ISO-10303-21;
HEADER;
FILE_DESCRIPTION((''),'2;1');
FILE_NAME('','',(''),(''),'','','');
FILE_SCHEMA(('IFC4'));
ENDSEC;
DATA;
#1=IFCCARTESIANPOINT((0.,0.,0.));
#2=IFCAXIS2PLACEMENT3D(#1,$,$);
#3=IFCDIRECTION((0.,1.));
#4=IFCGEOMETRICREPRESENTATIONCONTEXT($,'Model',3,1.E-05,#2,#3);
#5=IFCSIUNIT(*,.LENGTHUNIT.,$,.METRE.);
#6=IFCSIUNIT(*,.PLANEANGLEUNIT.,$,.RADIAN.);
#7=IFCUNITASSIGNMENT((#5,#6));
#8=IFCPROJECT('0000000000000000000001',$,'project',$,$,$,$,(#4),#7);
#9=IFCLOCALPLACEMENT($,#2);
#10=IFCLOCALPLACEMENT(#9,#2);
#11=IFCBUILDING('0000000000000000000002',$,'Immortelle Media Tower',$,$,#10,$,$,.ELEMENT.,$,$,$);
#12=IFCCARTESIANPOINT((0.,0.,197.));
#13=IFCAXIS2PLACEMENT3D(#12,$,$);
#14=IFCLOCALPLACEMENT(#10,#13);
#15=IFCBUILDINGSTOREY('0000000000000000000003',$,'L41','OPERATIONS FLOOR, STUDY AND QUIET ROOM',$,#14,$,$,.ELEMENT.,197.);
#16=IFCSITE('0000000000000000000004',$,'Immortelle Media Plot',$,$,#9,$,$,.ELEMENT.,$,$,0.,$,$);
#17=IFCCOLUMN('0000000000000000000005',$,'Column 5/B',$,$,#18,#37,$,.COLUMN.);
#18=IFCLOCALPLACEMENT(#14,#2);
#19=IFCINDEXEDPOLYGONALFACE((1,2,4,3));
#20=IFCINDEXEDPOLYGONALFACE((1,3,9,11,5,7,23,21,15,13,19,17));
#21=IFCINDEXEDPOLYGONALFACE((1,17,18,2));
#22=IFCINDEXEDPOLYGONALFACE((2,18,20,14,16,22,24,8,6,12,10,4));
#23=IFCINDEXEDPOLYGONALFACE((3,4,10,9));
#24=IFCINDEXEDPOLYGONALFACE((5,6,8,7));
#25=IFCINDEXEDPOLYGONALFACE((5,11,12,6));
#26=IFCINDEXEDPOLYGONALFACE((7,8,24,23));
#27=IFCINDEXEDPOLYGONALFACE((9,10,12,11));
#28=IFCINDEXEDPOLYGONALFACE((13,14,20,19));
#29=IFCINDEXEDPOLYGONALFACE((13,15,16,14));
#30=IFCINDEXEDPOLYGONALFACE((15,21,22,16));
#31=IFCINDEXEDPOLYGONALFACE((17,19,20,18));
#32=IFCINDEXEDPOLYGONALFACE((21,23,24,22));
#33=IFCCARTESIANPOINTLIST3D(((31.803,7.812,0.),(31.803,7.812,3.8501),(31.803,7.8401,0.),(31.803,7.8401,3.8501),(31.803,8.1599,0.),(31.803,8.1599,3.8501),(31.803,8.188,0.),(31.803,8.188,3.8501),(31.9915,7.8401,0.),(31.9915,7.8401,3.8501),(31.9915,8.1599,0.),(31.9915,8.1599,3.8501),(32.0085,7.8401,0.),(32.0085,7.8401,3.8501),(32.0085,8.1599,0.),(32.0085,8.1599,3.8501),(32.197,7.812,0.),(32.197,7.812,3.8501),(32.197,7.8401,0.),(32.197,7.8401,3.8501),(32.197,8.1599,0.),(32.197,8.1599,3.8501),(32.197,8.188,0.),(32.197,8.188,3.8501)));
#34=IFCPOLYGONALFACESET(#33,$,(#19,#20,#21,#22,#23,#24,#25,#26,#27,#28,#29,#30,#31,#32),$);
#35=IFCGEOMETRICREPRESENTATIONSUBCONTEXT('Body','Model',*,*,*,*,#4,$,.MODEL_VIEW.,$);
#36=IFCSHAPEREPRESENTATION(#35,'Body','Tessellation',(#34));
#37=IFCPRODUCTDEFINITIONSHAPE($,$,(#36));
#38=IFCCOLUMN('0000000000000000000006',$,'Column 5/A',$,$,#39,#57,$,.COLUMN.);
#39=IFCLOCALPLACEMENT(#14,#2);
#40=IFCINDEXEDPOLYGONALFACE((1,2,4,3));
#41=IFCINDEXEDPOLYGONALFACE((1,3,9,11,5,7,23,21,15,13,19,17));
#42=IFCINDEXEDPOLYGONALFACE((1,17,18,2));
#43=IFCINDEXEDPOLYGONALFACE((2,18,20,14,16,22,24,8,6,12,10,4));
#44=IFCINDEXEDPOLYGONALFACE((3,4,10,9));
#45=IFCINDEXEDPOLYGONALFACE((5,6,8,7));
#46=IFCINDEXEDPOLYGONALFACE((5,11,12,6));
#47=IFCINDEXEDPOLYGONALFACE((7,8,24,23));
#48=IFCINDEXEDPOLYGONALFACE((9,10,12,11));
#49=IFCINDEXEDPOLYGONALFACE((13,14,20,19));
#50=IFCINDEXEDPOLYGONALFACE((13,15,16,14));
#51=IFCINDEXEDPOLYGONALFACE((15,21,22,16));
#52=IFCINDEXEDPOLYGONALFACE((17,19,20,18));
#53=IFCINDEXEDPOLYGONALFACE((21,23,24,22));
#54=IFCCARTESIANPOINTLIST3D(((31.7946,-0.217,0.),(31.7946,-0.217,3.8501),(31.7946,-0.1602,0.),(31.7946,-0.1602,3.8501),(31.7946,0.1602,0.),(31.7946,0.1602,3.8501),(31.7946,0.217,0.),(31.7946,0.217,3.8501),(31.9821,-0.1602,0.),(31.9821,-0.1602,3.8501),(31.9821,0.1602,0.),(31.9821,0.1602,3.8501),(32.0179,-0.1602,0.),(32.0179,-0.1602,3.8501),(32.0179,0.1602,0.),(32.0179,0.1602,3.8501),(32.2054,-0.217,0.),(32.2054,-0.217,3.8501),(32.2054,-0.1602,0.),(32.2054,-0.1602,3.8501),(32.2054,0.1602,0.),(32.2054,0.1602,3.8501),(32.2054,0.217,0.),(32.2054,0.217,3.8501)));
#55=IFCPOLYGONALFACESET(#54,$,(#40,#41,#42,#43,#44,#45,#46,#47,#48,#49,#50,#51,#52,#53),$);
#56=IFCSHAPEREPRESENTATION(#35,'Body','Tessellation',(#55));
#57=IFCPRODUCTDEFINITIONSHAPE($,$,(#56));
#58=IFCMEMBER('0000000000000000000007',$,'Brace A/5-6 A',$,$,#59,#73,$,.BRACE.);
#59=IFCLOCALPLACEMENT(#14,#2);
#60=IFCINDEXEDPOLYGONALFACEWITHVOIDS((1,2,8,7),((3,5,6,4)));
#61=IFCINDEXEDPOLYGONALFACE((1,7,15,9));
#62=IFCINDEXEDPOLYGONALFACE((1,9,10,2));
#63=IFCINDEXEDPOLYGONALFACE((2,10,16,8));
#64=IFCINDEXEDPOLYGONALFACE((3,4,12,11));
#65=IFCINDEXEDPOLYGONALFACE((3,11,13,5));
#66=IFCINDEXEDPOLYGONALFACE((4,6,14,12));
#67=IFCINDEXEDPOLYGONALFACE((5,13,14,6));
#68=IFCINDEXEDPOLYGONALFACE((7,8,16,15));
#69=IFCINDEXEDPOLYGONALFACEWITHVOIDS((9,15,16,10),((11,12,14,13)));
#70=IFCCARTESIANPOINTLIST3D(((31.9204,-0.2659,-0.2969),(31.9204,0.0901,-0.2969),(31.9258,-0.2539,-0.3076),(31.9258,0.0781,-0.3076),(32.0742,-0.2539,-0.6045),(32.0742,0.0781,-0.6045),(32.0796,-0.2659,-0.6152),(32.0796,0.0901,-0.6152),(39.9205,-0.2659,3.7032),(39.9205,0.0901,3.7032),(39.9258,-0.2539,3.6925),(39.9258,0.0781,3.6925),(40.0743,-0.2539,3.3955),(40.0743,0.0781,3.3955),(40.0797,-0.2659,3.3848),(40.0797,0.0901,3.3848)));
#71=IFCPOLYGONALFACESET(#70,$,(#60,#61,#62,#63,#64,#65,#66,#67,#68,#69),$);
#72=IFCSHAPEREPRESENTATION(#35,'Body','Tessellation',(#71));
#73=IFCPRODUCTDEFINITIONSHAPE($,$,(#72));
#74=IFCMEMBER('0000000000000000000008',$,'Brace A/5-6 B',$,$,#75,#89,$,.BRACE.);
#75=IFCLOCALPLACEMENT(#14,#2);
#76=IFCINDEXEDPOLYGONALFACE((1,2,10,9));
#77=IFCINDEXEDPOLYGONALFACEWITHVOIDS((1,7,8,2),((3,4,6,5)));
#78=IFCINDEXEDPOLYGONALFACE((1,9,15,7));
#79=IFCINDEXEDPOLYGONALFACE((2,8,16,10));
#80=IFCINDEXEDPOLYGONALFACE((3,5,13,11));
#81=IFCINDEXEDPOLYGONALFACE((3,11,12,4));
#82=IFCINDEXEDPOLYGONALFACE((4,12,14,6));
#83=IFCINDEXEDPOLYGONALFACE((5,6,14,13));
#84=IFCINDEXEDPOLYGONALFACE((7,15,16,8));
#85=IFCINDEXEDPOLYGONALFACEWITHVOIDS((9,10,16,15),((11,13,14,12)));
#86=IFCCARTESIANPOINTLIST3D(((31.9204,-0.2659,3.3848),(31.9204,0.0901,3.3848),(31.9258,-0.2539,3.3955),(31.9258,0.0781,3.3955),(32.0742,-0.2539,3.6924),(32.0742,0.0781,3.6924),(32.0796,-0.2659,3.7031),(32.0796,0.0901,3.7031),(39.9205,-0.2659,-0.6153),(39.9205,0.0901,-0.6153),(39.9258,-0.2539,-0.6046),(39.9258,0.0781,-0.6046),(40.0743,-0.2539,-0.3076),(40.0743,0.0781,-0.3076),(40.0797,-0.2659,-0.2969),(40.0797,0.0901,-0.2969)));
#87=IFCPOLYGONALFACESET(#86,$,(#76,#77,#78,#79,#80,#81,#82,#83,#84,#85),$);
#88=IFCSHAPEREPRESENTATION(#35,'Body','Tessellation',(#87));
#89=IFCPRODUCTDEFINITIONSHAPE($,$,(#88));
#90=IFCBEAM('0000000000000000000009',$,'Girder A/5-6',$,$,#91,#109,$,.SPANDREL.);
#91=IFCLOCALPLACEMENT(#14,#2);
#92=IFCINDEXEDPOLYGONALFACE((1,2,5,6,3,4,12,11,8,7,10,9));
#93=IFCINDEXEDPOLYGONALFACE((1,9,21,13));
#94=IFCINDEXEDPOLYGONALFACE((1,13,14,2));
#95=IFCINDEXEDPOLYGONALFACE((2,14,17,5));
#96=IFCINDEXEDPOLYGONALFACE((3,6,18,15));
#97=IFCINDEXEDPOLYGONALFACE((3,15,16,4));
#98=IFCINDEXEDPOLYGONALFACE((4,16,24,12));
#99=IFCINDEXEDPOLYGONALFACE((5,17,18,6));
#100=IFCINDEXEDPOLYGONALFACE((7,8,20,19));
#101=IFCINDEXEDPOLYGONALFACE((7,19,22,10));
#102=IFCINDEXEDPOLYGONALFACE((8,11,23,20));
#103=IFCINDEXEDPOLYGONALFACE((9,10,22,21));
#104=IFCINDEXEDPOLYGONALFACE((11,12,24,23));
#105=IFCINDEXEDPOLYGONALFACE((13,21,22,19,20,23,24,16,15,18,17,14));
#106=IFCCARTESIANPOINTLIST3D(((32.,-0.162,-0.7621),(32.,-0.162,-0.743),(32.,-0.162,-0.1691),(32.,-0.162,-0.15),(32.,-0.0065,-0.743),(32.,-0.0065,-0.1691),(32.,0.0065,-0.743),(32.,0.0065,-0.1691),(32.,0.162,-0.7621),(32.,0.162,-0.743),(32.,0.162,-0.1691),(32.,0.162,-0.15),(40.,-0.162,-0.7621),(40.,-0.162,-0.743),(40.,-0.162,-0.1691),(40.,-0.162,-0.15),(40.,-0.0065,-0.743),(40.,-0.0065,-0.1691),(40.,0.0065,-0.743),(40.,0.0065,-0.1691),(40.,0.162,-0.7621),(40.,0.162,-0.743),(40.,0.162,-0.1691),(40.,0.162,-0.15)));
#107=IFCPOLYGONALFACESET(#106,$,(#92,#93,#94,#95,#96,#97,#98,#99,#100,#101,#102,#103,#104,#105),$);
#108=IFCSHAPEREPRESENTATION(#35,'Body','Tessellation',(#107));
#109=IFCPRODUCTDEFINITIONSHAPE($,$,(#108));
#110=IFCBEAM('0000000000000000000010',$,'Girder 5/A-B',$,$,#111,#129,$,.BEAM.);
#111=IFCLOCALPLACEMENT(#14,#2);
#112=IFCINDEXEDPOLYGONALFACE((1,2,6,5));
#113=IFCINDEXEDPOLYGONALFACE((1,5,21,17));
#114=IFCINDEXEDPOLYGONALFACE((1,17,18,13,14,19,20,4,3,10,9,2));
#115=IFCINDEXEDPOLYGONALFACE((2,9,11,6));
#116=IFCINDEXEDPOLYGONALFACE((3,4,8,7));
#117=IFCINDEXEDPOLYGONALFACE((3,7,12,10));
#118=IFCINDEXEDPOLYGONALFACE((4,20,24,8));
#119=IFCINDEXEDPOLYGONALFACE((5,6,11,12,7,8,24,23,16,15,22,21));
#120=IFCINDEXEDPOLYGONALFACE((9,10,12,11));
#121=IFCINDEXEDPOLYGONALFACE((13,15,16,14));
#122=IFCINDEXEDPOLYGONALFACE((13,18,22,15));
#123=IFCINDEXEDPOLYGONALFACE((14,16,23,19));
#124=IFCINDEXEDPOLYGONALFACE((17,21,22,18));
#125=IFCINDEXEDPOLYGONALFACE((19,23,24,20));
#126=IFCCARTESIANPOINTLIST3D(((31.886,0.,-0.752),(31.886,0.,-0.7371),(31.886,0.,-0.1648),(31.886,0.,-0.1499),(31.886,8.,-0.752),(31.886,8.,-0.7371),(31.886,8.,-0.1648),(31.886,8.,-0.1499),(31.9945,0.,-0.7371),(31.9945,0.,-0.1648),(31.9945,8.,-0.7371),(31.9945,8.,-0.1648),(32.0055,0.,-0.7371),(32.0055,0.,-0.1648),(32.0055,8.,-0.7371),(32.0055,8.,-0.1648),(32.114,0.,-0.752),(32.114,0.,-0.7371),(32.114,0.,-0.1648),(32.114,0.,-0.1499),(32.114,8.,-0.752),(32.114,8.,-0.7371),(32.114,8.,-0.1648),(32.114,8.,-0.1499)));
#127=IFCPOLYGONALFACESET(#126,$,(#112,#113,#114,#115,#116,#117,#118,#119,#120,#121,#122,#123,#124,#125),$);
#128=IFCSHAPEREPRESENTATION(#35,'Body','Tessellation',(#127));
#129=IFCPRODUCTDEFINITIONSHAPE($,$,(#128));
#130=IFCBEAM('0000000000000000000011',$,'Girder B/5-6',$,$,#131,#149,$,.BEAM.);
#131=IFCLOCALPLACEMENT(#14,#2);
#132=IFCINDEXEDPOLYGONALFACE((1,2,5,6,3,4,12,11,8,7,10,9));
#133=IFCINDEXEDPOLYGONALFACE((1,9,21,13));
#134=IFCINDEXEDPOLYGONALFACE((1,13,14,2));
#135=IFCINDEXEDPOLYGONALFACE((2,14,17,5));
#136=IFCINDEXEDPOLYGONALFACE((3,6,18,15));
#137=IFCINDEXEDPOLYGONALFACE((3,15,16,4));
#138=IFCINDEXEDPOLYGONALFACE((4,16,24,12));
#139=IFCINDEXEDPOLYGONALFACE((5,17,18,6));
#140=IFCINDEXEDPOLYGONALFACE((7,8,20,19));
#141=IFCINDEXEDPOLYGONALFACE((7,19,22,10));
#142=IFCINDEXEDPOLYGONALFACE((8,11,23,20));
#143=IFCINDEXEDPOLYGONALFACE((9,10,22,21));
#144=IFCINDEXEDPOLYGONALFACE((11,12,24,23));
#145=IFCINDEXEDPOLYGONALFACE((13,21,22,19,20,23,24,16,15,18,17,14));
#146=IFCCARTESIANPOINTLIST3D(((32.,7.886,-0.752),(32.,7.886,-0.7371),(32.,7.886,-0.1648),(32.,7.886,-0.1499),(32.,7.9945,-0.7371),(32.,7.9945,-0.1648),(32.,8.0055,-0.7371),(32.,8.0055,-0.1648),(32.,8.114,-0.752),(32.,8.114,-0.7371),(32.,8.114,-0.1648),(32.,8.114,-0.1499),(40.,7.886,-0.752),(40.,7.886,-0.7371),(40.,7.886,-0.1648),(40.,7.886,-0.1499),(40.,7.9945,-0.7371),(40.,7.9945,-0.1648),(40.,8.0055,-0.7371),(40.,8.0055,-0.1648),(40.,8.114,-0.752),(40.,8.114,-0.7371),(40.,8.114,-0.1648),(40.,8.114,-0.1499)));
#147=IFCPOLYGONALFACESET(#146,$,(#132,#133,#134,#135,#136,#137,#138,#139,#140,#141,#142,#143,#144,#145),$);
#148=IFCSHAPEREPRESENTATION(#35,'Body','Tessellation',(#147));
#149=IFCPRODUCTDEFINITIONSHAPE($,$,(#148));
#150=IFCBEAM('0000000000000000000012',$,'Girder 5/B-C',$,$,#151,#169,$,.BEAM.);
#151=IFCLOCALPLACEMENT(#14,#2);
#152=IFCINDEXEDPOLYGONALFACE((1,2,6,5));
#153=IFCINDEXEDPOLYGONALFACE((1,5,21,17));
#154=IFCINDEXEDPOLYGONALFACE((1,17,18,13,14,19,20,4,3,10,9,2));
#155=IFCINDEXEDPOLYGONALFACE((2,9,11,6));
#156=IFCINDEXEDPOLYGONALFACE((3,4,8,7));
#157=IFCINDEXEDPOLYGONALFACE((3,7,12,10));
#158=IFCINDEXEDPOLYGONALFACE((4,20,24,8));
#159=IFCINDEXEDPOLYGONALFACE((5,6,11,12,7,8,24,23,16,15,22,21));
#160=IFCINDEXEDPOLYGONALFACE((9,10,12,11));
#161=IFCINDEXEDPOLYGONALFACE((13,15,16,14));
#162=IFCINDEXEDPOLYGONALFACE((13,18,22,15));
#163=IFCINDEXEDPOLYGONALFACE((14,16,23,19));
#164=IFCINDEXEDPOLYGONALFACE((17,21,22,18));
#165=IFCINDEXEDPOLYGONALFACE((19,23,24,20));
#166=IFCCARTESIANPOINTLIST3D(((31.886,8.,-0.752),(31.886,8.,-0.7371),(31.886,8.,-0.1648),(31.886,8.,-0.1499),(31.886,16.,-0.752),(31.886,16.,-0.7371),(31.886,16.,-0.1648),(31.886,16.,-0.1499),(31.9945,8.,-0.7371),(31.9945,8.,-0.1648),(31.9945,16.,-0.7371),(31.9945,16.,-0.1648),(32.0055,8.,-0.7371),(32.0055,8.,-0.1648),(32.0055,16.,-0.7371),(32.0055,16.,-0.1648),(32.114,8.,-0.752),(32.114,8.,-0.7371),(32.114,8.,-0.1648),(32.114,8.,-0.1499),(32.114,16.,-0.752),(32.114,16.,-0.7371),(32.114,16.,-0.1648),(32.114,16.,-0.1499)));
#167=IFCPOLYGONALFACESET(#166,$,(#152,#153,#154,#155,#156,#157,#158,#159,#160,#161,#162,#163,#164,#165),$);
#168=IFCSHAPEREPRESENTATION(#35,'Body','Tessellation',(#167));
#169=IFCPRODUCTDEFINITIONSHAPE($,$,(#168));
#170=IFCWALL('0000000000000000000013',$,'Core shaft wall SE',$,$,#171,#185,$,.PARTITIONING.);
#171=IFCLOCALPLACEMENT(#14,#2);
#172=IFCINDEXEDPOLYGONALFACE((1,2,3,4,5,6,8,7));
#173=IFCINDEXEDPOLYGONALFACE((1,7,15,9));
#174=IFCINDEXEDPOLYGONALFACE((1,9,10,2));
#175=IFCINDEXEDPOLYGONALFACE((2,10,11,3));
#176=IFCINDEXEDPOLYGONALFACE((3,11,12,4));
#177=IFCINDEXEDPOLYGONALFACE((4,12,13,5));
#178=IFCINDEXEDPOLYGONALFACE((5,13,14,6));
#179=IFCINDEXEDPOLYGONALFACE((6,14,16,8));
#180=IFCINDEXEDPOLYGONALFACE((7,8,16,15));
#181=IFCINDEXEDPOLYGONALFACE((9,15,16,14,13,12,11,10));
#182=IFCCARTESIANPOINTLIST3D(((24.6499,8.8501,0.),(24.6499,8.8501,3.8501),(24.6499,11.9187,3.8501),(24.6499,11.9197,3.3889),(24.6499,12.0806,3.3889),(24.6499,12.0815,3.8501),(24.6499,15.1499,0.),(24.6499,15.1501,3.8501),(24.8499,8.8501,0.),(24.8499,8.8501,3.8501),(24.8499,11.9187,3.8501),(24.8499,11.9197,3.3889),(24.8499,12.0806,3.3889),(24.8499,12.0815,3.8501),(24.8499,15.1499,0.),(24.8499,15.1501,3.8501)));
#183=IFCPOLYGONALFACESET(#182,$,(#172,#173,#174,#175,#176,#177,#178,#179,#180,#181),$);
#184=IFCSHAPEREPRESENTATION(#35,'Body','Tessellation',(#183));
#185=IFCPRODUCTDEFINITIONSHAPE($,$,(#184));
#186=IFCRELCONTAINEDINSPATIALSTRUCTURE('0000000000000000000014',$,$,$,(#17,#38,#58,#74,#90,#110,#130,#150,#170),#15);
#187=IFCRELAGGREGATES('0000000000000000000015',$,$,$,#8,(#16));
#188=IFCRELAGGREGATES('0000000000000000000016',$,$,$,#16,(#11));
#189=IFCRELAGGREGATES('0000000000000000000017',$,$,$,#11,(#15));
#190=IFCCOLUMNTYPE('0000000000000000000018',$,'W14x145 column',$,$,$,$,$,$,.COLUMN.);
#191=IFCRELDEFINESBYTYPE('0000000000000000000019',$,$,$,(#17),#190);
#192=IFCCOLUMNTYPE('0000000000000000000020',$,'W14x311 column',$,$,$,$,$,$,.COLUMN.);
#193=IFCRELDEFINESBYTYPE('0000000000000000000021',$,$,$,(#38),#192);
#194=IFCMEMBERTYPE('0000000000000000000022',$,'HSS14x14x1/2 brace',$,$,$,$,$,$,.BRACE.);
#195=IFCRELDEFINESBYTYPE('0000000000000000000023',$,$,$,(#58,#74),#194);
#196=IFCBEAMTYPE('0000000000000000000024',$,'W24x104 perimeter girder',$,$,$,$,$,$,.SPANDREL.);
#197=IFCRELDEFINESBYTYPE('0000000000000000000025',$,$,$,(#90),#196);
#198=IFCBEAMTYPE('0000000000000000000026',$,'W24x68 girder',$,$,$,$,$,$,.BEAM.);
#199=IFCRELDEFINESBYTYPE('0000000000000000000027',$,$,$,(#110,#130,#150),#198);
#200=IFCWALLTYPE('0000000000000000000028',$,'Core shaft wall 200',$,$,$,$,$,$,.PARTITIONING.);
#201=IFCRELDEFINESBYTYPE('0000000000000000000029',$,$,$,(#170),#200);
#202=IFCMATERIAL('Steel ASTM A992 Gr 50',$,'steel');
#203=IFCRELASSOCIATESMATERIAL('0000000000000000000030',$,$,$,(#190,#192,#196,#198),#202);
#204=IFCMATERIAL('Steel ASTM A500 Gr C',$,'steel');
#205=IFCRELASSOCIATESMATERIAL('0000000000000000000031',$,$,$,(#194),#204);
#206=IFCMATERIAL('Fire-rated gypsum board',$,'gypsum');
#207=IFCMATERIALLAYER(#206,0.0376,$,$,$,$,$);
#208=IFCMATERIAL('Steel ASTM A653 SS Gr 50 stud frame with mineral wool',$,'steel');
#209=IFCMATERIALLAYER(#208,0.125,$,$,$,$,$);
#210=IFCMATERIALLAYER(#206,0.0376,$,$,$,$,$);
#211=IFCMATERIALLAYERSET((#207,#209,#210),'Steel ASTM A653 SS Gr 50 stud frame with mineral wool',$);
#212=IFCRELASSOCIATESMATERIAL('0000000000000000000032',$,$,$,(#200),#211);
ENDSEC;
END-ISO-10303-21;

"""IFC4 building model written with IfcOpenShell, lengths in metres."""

from ifc_helpers import new_model, si_unit, direction, frame, origin, origin_2d, place, context, subcontext, project, spatial, polyline, hollow_rectangle, i_section, outline, extrude, material, layer, layer_set, material_profile, profile_set, type_object, element, save


model = new_model("IFC4")

# Units and contexts
model_context = context("Model", 3, precision=1e-05, world=origin(), true_north=direction((0.0, 1.0)))
body_context = subcontext(model_context, "Body", "Model", "MODEL_VIEW")
ifc_project = project(units=[si_unit("LENGTHUNIT", "METRE"), si_unit("PLANEANGLEUNIT", "RADIAN")], contexts=[model_context])

# Site, building, storey
site_placement = place(None, origin())
site = spatial("IfcSite", under=ifc_project, at=site_placement, Name="Immortelle Media Plot", CompositionType="ELEMENT", RefElevation=0.0)
building_placement = place(site_placement, origin())
building = spatial("IfcBuilding", under=site, at=building_placement, Name="Immortelle Media Tower", CompositionType="ELEMENT")
storey_placement = place(building_placement, frame((0.0, 0.0, 197.0)))
storey = spatial("IfcBuildingStorey", under=building, at=storey_placement, Name="L41", Description="OPERATIONS FLOOR, STUDY AND QUIET ROOM", CompositionType="ELEMENT", Elevation=197.0)

# Columns
ifc_material_1 = material(Name="Steel ASTM A992 Gr 50", Category="steel")
ifc_material_profile_1 = material_profile(ifc_material_1, i_section(OverallWidth=0.394, OverallDepth=0.376, WebThickness=0.0171, FlangeThickness=0.0281, at=origin_2d()), Name="W14x145")
ifc_profile_set_1 = profile_set([ifc_material_profile_1], Name="Steel ASTM A992 Gr 50")
column_type_1 = type_object("IfcColumnType", Name="W14x145 column", PredefinedType="COLUMN", material=ifc_profile_set_1)
column_1_placement = place(storey_placement, frame((32.0, 8.0, 0.0), z_axis=(0.0, 0.0, 1.0), x_axis=(1.0, 0.0, 0.0)))
element("IfcColumn", 1, at=column_1_placement, inside=storey, type_object=column_type_1, Name="Column 5/B", PredefinedType="COLUMN", context=body_context, shape_type="SweptSolid", body=[
    extrude(i_section(OverallWidth=0.394, OverallDepth=0.376, WebThickness=0.0171, FlangeThickness=0.0281, at=origin_2d()), origin(), (0.0, 0.0, 1.0), 3.8501),
])
ifc_material_profile_2 = material_profile(ifc_material_1, i_section(OverallWidth=0.4109, OverallDepth=0.4341, WebThickness=0.0359, FlangeThickness=0.0569, at=origin_2d()), Name="W14x311")
ifc_profile_set_2 = profile_set([ifc_material_profile_2], Name="Steel ASTM A992 Gr 50")
column_type_2 = type_object("IfcColumnType", Name="W14x311 column", PredefinedType="COLUMN", material=ifc_profile_set_2)
column_2_placement = place(storey_placement, frame((32.0, 0.0, 0.0), z_axis=(0.0, 0.0, 1.0), x_axis=(1.0, 0.0, 0.0)))
element("IfcColumn", 2, at=column_2_placement, inside=storey, type_object=column_type_2, Name="Column 5/A", PredefinedType="COLUMN", context=body_context, shape_type="SweptSolid", body=[
    extrude(i_section(OverallWidth=0.4109, OverallDepth=0.4341, WebThickness=0.0359, FlangeThickness=0.0569, at=origin_2d()), origin(), (0.0, 0.0, 1.0), 3.8501),
])

# Members
ifc_material_2 = material(Name="Steel ASTM A500 Gr C", Category="steel")
ifc_material_profile_3 = material_profile(ifc_material_2, hollow_rectangle(XDim=0.356, YDim=0.356, WallThickness=0.012, at=origin_2d()), Name="HSS14x14x1/2 brace")
ifc_profile_set_3 = profile_set([ifc_material_profile_3], Name="Steel ASTM A500 Gr C")
member_type = type_object("IfcMemberType", Name="HSS14x14x1/2 brace", PredefinedType="BRACE", material=ifc_profile_set_3)
for number, where, z_axis, x_axis, name in (
    (3, (32.0, -0.0879, -0.4561), (0.894427, 0.0, 0.447214), (0.0, 1.0, 0.0), "Brace A/5-6 A"),
    (4, (32.0, -0.0879, 3.5439), (0.894427, 0.0, -0.447214), (0.0, 1.0, 0.0), "Brace A/5-6 B"),
):
    element("IfcMember", number, at=place(storey_placement, frame(where, z_axis=z_axis, x_axis=x_axis)), inside=storey, type_object=member_type, Name=name, PredefinedType="BRACE", context=body_context, shape_type="SweptSolid", body=[
        extrude(hollow_rectangle(XDim=0.356, YDim=0.356, WallThickness=0.012, at=origin_2d()), origin(), (0.0, 0.0, 1.0), 8.9443),
    ])

# Beams
ifc_material_profile_4 = material_profile(ifc_material_1, i_section(OverallWidth=0.324, OverallDepth=0.6121, WebThickness=0.0129, FlangeThickness=0.019, at=origin_2d()), Name="W24x104")
ifc_profile_set_4 = profile_set([ifc_material_profile_4], Name="Steel ASTM A992 Gr 50")
beam_type_1 = type_object("IfcBeamType", Name="W24x104 perimeter girder", PredefinedType="SPANDREL", material=ifc_profile_set_4)
beam_placement = place(storey_placement, frame((32.0, 0.0, -0.4561), z_axis=(1.0, 0.0, 0.0), x_axis=(0.0, 1.0, 0.0)))
element("IfcBeam", 5, at=beam_placement, inside=storey, type_object=beam_type_1, Name="Girder A/5-6", PredefinedType="SPANDREL", context=body_context, shape_type="SweptSolid", body=[
    extrude(i_section(OverallWidth=0.324, OverallDepth=0.6121, WebThickness=0.0129, FlangeThickness=0.019, at=origin_2d()), origin(), (0.0, 0.0, 1.0), 8.0),
])
ifc_material_profile_5 = material_profile(ifc_material_1, i_section(OverallWidth=0.228, OverallDepth=0.6021, WebThickness=0.011, FlangeThickness=0.0149, at=origin_2d()), Name="W24x68")
ifc_profile_set_5 = profile_set([ifc_material_profile_5], Name="Steel ASTM A992 Gr 50")
beam_type_2 = type_object("IfcBeamType", Name="W24x68 girder", PredefinedType="BEAM", material=ifc_profile_set_5)
for number, where, z_axis, x_axis, name in (
    (6, (32.0, 0.0, -0.4509), (0.0, 1.0, 0.0), (-1.0, 0.0, 0.0), "Girder 5/A-B"),
    (7, (32.0, 8.0, -0.4509), (1.0, 0.0, 0.0), (0.0, 1.0, 0.0), "Girder B/5-6"),
    (8, (32.0, 8.0, -0.4509), (0.0, 1.0, 0.0), (-1.0, 0.0, 0.0), "Girder 5/B-C"),
):
    element("IfcBeam", number, at=place(storey_placement, frame(where, z_axis=z_axis, x_axis=x_axis)), inside=storey, type_object=beam_type_2, Name=name, PredefinedType="BEAM", context=body_context, shape_type="SweptSolid", body=[
        extrude(i_section(OverallWidth=0.228, OverallDepth=0.6021, WebThickness=0.011, FlangeThickness=0.0149, at=origin_2d()), origin(), (0.0, 0.0, 1.0), 8.0),
    ])

# Wall
ifc_material_3 = material(Name="Fire-rated gypsum board", Category="gypsum")
ifc_layer_1 = layer(ifc_material_3, 0.0376)
ifc_material_4 = material(Name="Steel ASTM A653 SS Gr 50 stud frame with mineral wool", Category="steel")
ifc_layer_2 = layer(ifc_material_4, 0.125)
ifc_layer_3 = layer(ifc_material_3, 0.0376)
ifc_layer_set_1 = layer_set([ifc_layer_1, ifc_layer_2, ifc_layer_3], Name="Steel ASTM A653 SS Gr 50 stud frame with mineral wool")
wall_type_1 = type_object("IfcWallType", Name="Core shaft wall 200", PredefinedType="PARTITIONING", material=ifc_layer_set_1)
wall_1_placement = place(storey_placement, frame((24.75, 8.8501, 0.0), z_axis=(0.0, 0.0, 1.0), x_axis=(0.0, 1.0, 0.0)))
element("IfcWall", 9, at=wall_1_placement, inside=storey, type_object=wall_type_1, Name="Core shaft wall SE", PredefinedType="PARTITIONING", context=body_context, shape_type="SweptSolid", body=[
    extrude(outline(polyline([(0.0, 0.0), (6.2998, 0.0), (6.3, 3.8501), (3.2314, 3.8501), (3.2305, 3.3889), (3.0696, 3.3889), (3.0686, 3.8501), (0.0, 3.8501), (0.0, 0.0)])), frame((0.0, 0.1001, 0.0), z_axis=(0.0, -1.0, 0.0), x_axis=(1.0, 0.0, 0.0)), (0.0, 0.0, 1.0), 0.2),
])

save(model, "model.ifc")
